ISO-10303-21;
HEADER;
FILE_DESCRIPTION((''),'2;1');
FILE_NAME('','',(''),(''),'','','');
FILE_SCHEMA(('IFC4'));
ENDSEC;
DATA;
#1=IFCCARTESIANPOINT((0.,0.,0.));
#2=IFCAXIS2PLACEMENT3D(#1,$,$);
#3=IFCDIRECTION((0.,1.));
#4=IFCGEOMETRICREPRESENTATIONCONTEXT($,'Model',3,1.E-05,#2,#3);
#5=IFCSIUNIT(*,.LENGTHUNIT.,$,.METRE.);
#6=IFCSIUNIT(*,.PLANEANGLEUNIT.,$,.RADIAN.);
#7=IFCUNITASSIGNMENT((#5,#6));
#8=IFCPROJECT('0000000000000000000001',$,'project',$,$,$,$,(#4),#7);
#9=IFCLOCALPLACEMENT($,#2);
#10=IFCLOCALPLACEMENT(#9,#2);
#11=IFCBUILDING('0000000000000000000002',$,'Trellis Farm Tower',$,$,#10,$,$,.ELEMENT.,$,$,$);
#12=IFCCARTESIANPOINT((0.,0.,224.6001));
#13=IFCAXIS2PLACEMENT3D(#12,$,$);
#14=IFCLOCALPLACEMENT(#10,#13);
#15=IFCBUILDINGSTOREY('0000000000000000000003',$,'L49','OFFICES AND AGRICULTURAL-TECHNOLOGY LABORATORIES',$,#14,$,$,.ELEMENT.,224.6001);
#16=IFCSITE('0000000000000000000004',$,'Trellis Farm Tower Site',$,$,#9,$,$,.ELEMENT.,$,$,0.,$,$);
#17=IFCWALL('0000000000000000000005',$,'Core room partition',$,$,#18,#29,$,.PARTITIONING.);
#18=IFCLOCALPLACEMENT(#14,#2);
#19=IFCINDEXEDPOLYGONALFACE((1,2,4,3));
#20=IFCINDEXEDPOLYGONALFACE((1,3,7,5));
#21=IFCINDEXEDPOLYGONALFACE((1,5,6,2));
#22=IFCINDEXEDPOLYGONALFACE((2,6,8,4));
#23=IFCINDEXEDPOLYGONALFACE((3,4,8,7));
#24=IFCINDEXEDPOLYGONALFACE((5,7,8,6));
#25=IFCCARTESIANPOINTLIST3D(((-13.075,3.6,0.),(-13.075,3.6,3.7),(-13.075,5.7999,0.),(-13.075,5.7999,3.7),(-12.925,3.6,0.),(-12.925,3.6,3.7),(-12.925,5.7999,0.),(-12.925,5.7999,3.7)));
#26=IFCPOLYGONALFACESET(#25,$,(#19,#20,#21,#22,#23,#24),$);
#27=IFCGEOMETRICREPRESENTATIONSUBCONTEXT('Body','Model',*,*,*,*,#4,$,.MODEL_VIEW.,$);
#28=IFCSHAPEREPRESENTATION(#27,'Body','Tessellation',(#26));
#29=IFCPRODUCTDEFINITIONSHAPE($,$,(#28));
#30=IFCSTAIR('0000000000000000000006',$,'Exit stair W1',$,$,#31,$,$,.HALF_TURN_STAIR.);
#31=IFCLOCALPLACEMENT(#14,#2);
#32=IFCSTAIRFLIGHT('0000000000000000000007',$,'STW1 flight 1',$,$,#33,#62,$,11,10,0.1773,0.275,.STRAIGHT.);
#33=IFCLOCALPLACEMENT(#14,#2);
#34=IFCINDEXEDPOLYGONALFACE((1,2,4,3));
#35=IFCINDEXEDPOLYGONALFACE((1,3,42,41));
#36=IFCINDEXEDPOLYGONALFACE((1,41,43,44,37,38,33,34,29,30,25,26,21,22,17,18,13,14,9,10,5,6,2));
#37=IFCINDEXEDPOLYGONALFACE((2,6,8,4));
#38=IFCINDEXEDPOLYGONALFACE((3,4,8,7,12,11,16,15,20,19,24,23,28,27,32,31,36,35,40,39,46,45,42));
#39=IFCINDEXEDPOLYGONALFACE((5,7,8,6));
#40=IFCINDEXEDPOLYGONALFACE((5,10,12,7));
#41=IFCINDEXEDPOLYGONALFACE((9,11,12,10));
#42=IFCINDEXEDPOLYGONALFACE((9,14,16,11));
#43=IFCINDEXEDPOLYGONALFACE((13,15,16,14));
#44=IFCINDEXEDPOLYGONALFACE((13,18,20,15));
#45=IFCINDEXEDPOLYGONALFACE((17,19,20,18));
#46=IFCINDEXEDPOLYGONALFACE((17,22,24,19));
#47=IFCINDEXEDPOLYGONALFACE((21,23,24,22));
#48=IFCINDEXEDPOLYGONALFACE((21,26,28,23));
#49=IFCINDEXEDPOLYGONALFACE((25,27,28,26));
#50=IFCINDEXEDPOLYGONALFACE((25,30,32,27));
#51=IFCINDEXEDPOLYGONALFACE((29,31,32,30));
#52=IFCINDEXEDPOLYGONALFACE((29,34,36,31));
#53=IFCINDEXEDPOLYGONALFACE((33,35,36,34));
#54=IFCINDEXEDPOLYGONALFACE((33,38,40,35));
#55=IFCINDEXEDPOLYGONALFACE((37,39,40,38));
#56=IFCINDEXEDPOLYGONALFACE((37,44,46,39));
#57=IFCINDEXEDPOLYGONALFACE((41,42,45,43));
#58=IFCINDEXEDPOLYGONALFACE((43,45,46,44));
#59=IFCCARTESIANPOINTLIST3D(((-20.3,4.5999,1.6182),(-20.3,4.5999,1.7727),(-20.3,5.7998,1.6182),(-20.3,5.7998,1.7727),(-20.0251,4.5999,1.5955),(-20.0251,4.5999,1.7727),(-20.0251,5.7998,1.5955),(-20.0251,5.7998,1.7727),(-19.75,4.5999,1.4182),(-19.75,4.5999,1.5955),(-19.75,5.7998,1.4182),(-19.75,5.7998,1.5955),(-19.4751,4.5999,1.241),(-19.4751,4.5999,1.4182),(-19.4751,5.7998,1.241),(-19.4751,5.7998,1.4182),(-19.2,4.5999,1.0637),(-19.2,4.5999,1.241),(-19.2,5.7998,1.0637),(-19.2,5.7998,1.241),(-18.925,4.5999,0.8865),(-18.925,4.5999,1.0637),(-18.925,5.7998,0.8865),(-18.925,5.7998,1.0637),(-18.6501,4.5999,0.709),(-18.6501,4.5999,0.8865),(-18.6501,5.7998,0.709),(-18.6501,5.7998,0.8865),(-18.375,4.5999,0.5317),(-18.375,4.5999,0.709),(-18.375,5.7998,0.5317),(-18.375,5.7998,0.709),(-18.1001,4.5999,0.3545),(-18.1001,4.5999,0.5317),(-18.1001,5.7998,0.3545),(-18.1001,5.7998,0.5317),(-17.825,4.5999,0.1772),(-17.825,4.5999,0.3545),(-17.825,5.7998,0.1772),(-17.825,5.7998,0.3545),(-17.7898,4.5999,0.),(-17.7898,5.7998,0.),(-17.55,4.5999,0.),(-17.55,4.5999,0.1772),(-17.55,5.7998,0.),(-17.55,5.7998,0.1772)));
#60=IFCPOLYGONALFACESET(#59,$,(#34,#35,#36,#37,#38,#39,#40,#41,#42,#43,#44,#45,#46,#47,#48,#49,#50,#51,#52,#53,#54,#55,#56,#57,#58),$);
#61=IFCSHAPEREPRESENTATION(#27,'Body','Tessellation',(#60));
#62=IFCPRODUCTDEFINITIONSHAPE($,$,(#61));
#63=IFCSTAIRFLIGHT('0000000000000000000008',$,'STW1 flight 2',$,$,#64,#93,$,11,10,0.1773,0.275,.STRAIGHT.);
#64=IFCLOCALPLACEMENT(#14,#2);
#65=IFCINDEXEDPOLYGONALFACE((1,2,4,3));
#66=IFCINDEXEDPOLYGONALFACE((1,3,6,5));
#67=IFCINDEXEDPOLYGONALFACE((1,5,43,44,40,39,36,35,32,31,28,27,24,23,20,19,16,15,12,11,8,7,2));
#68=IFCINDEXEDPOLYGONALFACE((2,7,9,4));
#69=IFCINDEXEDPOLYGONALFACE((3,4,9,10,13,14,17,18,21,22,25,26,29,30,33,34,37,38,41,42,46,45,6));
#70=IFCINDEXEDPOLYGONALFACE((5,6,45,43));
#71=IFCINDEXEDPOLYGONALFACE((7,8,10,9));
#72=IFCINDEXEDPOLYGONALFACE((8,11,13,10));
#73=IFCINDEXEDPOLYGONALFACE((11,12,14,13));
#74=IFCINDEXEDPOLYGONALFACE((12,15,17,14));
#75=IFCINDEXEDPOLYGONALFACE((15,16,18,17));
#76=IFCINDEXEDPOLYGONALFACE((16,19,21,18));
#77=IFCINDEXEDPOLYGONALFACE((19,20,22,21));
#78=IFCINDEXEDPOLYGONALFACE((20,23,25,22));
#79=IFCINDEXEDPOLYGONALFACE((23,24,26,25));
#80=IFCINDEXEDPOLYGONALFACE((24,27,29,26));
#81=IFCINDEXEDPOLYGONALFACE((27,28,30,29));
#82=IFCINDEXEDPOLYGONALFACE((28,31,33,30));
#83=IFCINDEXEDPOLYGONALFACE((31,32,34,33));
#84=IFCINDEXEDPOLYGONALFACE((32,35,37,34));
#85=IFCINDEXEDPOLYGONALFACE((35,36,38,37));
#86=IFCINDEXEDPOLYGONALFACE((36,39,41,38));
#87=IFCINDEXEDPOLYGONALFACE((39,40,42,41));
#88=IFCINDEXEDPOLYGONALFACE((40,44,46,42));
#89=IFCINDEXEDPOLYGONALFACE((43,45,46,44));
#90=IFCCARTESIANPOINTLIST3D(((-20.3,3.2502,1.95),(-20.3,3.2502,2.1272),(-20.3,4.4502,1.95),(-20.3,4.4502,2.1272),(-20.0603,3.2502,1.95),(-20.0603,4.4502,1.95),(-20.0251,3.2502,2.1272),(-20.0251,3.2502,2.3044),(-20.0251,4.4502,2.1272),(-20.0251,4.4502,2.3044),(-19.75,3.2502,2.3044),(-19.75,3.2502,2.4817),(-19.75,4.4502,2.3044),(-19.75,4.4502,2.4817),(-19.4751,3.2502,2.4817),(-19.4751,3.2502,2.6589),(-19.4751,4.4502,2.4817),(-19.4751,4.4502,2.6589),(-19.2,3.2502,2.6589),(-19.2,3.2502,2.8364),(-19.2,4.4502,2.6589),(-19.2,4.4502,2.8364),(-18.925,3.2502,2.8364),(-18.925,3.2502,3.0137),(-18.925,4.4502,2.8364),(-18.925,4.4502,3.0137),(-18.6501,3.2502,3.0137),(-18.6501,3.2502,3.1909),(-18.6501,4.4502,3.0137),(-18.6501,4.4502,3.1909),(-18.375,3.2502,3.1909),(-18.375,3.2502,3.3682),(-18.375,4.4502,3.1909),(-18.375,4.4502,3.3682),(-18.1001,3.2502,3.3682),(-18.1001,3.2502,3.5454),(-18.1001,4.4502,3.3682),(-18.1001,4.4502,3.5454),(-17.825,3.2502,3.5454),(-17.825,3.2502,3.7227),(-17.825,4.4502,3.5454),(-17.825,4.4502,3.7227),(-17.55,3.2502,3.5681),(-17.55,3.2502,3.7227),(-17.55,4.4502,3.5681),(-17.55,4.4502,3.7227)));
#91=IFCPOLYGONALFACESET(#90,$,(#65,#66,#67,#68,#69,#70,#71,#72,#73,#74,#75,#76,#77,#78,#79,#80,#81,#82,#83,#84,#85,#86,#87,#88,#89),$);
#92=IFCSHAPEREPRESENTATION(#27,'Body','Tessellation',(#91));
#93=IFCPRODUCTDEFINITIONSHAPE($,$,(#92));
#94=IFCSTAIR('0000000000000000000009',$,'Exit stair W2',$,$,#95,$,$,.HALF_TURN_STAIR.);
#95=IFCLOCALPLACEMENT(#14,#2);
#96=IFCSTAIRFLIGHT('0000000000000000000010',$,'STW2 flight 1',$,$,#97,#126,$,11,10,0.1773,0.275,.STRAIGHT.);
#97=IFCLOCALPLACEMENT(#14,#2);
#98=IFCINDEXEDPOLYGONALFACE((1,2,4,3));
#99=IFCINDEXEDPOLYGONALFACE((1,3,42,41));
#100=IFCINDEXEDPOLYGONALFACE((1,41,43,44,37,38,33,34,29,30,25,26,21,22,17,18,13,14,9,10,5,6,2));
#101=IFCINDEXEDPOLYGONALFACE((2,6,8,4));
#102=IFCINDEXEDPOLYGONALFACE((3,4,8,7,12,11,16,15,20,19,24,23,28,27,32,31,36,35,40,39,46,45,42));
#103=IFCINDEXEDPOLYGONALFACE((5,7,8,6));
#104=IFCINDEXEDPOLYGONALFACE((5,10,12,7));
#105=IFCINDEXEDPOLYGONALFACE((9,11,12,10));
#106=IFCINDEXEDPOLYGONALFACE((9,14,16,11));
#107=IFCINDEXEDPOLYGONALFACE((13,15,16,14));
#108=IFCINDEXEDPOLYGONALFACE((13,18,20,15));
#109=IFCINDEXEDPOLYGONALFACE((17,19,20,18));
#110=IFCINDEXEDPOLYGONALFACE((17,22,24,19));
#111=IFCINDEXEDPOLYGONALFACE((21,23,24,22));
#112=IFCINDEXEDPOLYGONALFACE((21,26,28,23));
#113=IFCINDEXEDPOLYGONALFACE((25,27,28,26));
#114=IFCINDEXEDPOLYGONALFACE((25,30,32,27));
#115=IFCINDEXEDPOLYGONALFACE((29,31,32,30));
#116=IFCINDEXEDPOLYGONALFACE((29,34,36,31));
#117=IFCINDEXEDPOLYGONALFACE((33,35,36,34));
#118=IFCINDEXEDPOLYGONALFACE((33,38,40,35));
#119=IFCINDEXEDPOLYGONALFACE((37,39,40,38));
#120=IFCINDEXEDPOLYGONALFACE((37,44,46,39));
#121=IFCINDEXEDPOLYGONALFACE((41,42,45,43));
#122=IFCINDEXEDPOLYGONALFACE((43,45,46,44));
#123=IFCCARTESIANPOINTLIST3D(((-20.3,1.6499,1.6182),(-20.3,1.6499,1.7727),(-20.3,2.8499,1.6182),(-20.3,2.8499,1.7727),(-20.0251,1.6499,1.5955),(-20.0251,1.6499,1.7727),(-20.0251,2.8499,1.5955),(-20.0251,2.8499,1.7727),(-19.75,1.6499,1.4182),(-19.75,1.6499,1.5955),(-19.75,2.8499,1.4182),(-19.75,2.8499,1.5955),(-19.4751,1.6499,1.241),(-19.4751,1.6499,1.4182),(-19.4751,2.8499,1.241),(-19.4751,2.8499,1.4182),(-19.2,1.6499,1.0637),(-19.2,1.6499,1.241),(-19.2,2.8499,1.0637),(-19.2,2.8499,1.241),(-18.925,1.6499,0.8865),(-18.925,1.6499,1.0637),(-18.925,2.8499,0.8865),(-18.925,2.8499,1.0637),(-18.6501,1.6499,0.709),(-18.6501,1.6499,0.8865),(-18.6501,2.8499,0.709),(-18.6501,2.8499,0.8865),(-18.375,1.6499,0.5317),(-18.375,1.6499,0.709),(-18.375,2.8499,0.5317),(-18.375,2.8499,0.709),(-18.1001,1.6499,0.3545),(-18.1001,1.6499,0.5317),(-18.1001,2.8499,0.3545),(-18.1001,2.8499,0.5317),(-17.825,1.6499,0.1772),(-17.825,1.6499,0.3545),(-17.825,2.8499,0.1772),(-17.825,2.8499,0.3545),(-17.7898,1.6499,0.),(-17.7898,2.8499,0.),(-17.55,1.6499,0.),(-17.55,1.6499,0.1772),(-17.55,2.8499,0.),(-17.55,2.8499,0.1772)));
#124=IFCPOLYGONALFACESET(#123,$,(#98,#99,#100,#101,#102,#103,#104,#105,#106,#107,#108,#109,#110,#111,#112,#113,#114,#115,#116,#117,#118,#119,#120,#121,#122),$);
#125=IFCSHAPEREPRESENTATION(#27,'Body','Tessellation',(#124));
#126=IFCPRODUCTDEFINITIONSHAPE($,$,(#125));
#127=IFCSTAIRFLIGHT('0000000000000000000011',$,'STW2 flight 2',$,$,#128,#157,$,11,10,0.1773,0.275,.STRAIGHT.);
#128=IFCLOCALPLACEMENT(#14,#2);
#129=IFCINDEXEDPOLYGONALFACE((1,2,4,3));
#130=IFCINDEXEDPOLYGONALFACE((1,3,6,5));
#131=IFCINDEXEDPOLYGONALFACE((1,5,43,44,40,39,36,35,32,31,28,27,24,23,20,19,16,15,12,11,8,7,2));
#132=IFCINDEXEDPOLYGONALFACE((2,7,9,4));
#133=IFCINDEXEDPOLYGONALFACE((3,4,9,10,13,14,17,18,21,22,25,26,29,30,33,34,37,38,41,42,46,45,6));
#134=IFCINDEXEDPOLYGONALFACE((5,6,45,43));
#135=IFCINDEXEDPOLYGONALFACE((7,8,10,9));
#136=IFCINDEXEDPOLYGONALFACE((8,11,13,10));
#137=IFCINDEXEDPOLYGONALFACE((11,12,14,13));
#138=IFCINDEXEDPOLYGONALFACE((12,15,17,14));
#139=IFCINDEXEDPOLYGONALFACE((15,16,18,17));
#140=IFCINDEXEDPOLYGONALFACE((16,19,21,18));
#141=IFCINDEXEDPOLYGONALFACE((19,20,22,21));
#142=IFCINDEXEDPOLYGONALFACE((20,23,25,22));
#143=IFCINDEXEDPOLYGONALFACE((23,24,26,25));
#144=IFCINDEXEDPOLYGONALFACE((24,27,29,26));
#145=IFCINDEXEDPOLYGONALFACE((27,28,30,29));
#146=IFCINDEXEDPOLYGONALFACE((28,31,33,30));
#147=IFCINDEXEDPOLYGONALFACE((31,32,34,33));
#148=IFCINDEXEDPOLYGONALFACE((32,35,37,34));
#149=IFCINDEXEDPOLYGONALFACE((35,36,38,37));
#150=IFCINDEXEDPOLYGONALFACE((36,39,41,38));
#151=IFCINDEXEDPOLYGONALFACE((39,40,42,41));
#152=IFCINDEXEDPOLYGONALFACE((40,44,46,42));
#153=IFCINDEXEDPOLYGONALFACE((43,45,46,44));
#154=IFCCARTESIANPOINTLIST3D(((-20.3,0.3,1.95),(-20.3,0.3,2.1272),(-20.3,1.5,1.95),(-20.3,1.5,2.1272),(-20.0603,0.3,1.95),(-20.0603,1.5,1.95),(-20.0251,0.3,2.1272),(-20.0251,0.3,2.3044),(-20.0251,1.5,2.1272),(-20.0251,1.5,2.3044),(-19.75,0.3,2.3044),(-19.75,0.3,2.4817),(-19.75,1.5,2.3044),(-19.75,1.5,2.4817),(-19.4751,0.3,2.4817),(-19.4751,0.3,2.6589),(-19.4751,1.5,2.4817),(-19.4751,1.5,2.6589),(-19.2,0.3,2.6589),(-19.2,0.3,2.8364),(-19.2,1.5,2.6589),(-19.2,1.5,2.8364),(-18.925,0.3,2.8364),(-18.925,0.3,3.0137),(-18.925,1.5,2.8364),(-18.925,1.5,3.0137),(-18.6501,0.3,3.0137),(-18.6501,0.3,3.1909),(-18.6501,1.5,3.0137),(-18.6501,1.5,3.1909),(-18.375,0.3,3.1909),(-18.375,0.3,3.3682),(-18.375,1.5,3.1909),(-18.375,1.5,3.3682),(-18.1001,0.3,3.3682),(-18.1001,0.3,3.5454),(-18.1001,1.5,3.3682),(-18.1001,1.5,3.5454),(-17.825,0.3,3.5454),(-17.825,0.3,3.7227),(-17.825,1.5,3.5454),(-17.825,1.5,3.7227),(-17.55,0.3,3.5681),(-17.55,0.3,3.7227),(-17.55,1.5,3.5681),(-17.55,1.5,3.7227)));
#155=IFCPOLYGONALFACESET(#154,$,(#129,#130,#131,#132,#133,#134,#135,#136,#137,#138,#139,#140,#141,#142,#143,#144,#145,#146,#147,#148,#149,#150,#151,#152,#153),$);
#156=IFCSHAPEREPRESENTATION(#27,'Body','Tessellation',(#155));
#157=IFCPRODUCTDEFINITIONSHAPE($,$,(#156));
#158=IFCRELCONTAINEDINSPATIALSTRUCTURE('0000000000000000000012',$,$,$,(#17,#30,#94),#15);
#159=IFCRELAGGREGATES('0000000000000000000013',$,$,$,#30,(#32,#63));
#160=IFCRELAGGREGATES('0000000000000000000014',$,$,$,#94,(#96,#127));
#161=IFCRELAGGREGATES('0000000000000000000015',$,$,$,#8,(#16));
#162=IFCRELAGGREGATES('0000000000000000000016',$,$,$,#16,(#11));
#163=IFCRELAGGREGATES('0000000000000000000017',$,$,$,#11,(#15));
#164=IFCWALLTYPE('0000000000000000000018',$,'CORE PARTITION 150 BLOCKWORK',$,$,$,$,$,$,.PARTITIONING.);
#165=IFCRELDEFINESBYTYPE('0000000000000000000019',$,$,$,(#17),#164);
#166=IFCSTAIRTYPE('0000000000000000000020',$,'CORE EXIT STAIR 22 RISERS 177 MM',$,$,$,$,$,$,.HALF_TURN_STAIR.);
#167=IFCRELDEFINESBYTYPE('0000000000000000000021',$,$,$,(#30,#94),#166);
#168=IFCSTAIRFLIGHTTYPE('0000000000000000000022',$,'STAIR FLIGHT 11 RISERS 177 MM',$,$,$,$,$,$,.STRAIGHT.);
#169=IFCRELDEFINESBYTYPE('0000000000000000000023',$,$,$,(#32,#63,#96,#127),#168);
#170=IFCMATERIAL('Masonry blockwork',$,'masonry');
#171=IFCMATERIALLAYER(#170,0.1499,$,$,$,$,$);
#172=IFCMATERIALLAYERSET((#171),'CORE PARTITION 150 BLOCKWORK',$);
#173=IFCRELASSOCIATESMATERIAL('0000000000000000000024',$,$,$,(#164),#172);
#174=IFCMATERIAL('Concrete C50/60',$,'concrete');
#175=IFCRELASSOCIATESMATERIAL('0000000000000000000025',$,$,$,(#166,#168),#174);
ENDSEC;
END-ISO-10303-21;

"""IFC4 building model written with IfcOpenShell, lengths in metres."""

from ifc_helpers import new_model, si_unit, direction, frame, frame_2d, origin, place, context, subcontext, project, spatial, polyline, rectangle, outline, extrude, source, transform, mapped, material, layer, layer_set, type_object, element, aggregate, save


model = new_model("IFC4")

# Units and contexts
model_context = context("Model", 3, precision=1e-05, world=origin(), true_north=direction((0.0, 1.0)))
body_context = subcontext(model_context, "Body", "Model", "MODEL_VIEW")
ifc_project = project(units=[si_unit("LENGTHUNIT", "METRE"), si_unit("PLANEANGLEUNIT", "RADIAN")], contexts=[model_context])

# Site, building, storey
site_placement = place(None, origin())
site = spatial("IfcSite", under=ifc_project, at=site_placement, Name="Trellis Farm Tower Site", CompositionType="ELEMENT", RefElevation=0.0)
building_placement = place(site_placement, origin())
building = spatial("IfcBuilding", under=site, at=building_placement, Name="Trellis Farm Tower", CompositionType="ELEMENT")
storey_placement = place(building_placement, frame((0.0, 0.0, 224.6001)))
storey = spatial("IfcBuildingStorey", under=building, at=storey_placement, Name="L49", Description="OFFICES AND AGRICULTURAL-TECHNOLOGY LABORATORIES", CompositionType="ELEMENT", Elevation=224.6001)

# Shared definitions
placement = place(storey_placement, origin())

# Wall
ifc_material_1 = material(Name="Masonry blockwork", Category="masonry")
ifc_layer_1 = layer(ifc_material_1, 0.1499)
ifc_layer_set_1 = layer_set([ifc_layer_1], Name="CORE PARTITION 150 BLOCKWORK")
wall_type_1 = type_object("IfcWallType", Name="CORE PARTITION 150 BLOCKWORK", PredefinedType="PARTITIONING", material=ifc_layer_set_1)
shared_shape_1 = source(origin(), body_context, "Body", "SweptSolid", [
    extrude(rectangle(XDim=2.2, YDim=0.1499, at=frame_2d((1.1001, 0.0))), origin(), (0.0, 0.0, 1.0), 3.7),
])
wall_1_placement = place(storey_placement, frame((-13.0, 5.8, 0.0), z_axis=(0.0, 0.0, 1.0), x_axis=(0.0, -1.0, 0.0)))
element("IfcWall", 1, at=wall_1_placement, inside=storey, type_object=wall_type_1, Name="Core room partition", PredefinedType="PARTITIONING", context=body_context, shape_type="MappedRepresentation", body=[
    mapped(shared_shape_1, transform((0.0, 0.0, 0.0))),
])

# Stairs, stair flights
ifc_material_2 = material(Name="Concrete C50/60", Category="concrete")
stair_type = type_object("IfcStairType", Name="CORE EXIT STAIR 22 RISERS 177 MM", PredefinedType="HALF_TURN_STAIR", material=ifc_material_2)
stair_1 = element("IfcStair", 2, at=placement, inside=storey, type_object=stair_type, Name="Exit stair W1", PredefinedType="HALF_TURN_STAIR")
stair_flight_type = type_object("IfcStairFlightType", Name="STAIR FLIGHT 11 RISERS 177 MM", PredefinedType="STRAIGHT", material=ifc_material_2)
shared_shape_2 = source(origin(), body_context, "Body", "SweptSolid", [
    extrude(outline(polyline([(0.0, 0.0), (0.0, 0.1772), (0.2749, 0.1772), (0.2749, 0.3545), (0.55, 0.3545), (0.55, 0.5317), (0.825, 0.5317), (0.825, 0.709), (1.1001, 0.709), (1.1001, 0.8865), (1.375, 0.8865), (1.375, 1.0637), (1.6499, 1.0637), (1.6499, 1.241), (1.925, 1.241), (1.925, 1.4182), (2.2, 1.4182), (2.2, 1.5955), (2.4751, 1.5955), (2.4751, 1.7727), (2.75, 1.7727), (2.75, 1.95), (2.75, 1.6182), (0.2397, 0.0), (0.0, 0.0)])), frame((0.0, 0.6001, 0.0), z_axis=(0.0, -1.0, 0.0), x_axis=(1.0, 0.0, 0.0)), (0.0, 0.0, 1.0), 1.2),
])
stair_flight_1_placement = place(storey_placement, frame((-17.55, 5.2, 0.0), z_axis=(0.0, 0.0, 1.0), x_axis=(-1.0, 0.0, 0.0)))
stair_flight_1 = element("IfcStairFlight", 3, at=stair_flight_1_placement, type_object=stair_flight_type, Name="STW1 flight 1", NumberOfRisers=11, NumberOfTreads=10, PredefinedType="STRAIGHT", RiserHeight=0.1773, TreadLength=0.275, context=body_context, shape_type="MappedRepresentation", body=[
    mapped(shared_shape_2, transform((0.0, 0.0, 0.0))),
])
stair_flight_2_placement = place(storey_placement, frame((-20.3, 3.8501, 1.95), z_axis=(0.0, 0.0, 1.0), x_axis=(1.0, 0.0, 0.0)))
stair_flight_2 = element("IfcStairFlight", 4, at=stair_flight_2_placement, type_object=stair_flight_type, Name="STW1 flight 2", NumberOfRisers=11, NumberOfTreads=10, PredefinedType="STRAIGHT", RiserHeight=0.1773, TreadLength=0.275, context=body_context, shape_type="MappedRepresentation", body=[
    mapped(shared_shape_2, transform((0.0, 0.0, 0.0))),
])
aggregate(stair_1, [stair_flight_1, stair_flight_2])
stair_2 = element("IfcStair", 5, at=placement, inside=storey, type_object=stair_type, Name="Exit stair W2", PredefinedType="HALF_TURN_STAIR")
stair_flight_3_placement = place(storey_placement, frame((-17.55, 2.25, 0.0), z_axis=(0.0, 0.0, 1.0), x_axis=(-1.0, 0.0, 0.0)))
stair_flight_3 = element("IfcStairFlight", 6, at=stair_flight_3_placement, type_object=stair_flight_type, Name="STW2 flight 1", NumberOfRisers=11, NumberOfTreads=10, PredefinedType="STRAIGHT", RiserHeight=0.1773, TreadLength=0.275, context=body_context, shape_type="MappedRepresentation", body=[
    mapped(shared_shape_2, transform((0.0, 0.0, 0.0))),
])
stair_flight_4_placement = place(storey_placement, frame((-20.3, 0.8999, 1.95), z_axis=(0.0, 0.0, 1.0), x_axis=(1.0, 0.0, 0.0)))
stair_flight_4 = element("IfcStairFlight", 7, at=stair_flight_4_placement, type_object=stair_flight_type, Name="STW2 flight 2", NumberOfRisers=11, NumberOfTreads=10, PredefinedType="STRAIGHT", RiserHeight=0.1773, TreadLength=0.275, context=body_context, shape_type="MappedRepresentation", body=[
    mapped(shared_shape_2, transform((0.0, 0.0, 0.0))),
])
aggregate(stair_2, [stair_flight_3, stair_flight_4])

save(model, "model.ifc")
